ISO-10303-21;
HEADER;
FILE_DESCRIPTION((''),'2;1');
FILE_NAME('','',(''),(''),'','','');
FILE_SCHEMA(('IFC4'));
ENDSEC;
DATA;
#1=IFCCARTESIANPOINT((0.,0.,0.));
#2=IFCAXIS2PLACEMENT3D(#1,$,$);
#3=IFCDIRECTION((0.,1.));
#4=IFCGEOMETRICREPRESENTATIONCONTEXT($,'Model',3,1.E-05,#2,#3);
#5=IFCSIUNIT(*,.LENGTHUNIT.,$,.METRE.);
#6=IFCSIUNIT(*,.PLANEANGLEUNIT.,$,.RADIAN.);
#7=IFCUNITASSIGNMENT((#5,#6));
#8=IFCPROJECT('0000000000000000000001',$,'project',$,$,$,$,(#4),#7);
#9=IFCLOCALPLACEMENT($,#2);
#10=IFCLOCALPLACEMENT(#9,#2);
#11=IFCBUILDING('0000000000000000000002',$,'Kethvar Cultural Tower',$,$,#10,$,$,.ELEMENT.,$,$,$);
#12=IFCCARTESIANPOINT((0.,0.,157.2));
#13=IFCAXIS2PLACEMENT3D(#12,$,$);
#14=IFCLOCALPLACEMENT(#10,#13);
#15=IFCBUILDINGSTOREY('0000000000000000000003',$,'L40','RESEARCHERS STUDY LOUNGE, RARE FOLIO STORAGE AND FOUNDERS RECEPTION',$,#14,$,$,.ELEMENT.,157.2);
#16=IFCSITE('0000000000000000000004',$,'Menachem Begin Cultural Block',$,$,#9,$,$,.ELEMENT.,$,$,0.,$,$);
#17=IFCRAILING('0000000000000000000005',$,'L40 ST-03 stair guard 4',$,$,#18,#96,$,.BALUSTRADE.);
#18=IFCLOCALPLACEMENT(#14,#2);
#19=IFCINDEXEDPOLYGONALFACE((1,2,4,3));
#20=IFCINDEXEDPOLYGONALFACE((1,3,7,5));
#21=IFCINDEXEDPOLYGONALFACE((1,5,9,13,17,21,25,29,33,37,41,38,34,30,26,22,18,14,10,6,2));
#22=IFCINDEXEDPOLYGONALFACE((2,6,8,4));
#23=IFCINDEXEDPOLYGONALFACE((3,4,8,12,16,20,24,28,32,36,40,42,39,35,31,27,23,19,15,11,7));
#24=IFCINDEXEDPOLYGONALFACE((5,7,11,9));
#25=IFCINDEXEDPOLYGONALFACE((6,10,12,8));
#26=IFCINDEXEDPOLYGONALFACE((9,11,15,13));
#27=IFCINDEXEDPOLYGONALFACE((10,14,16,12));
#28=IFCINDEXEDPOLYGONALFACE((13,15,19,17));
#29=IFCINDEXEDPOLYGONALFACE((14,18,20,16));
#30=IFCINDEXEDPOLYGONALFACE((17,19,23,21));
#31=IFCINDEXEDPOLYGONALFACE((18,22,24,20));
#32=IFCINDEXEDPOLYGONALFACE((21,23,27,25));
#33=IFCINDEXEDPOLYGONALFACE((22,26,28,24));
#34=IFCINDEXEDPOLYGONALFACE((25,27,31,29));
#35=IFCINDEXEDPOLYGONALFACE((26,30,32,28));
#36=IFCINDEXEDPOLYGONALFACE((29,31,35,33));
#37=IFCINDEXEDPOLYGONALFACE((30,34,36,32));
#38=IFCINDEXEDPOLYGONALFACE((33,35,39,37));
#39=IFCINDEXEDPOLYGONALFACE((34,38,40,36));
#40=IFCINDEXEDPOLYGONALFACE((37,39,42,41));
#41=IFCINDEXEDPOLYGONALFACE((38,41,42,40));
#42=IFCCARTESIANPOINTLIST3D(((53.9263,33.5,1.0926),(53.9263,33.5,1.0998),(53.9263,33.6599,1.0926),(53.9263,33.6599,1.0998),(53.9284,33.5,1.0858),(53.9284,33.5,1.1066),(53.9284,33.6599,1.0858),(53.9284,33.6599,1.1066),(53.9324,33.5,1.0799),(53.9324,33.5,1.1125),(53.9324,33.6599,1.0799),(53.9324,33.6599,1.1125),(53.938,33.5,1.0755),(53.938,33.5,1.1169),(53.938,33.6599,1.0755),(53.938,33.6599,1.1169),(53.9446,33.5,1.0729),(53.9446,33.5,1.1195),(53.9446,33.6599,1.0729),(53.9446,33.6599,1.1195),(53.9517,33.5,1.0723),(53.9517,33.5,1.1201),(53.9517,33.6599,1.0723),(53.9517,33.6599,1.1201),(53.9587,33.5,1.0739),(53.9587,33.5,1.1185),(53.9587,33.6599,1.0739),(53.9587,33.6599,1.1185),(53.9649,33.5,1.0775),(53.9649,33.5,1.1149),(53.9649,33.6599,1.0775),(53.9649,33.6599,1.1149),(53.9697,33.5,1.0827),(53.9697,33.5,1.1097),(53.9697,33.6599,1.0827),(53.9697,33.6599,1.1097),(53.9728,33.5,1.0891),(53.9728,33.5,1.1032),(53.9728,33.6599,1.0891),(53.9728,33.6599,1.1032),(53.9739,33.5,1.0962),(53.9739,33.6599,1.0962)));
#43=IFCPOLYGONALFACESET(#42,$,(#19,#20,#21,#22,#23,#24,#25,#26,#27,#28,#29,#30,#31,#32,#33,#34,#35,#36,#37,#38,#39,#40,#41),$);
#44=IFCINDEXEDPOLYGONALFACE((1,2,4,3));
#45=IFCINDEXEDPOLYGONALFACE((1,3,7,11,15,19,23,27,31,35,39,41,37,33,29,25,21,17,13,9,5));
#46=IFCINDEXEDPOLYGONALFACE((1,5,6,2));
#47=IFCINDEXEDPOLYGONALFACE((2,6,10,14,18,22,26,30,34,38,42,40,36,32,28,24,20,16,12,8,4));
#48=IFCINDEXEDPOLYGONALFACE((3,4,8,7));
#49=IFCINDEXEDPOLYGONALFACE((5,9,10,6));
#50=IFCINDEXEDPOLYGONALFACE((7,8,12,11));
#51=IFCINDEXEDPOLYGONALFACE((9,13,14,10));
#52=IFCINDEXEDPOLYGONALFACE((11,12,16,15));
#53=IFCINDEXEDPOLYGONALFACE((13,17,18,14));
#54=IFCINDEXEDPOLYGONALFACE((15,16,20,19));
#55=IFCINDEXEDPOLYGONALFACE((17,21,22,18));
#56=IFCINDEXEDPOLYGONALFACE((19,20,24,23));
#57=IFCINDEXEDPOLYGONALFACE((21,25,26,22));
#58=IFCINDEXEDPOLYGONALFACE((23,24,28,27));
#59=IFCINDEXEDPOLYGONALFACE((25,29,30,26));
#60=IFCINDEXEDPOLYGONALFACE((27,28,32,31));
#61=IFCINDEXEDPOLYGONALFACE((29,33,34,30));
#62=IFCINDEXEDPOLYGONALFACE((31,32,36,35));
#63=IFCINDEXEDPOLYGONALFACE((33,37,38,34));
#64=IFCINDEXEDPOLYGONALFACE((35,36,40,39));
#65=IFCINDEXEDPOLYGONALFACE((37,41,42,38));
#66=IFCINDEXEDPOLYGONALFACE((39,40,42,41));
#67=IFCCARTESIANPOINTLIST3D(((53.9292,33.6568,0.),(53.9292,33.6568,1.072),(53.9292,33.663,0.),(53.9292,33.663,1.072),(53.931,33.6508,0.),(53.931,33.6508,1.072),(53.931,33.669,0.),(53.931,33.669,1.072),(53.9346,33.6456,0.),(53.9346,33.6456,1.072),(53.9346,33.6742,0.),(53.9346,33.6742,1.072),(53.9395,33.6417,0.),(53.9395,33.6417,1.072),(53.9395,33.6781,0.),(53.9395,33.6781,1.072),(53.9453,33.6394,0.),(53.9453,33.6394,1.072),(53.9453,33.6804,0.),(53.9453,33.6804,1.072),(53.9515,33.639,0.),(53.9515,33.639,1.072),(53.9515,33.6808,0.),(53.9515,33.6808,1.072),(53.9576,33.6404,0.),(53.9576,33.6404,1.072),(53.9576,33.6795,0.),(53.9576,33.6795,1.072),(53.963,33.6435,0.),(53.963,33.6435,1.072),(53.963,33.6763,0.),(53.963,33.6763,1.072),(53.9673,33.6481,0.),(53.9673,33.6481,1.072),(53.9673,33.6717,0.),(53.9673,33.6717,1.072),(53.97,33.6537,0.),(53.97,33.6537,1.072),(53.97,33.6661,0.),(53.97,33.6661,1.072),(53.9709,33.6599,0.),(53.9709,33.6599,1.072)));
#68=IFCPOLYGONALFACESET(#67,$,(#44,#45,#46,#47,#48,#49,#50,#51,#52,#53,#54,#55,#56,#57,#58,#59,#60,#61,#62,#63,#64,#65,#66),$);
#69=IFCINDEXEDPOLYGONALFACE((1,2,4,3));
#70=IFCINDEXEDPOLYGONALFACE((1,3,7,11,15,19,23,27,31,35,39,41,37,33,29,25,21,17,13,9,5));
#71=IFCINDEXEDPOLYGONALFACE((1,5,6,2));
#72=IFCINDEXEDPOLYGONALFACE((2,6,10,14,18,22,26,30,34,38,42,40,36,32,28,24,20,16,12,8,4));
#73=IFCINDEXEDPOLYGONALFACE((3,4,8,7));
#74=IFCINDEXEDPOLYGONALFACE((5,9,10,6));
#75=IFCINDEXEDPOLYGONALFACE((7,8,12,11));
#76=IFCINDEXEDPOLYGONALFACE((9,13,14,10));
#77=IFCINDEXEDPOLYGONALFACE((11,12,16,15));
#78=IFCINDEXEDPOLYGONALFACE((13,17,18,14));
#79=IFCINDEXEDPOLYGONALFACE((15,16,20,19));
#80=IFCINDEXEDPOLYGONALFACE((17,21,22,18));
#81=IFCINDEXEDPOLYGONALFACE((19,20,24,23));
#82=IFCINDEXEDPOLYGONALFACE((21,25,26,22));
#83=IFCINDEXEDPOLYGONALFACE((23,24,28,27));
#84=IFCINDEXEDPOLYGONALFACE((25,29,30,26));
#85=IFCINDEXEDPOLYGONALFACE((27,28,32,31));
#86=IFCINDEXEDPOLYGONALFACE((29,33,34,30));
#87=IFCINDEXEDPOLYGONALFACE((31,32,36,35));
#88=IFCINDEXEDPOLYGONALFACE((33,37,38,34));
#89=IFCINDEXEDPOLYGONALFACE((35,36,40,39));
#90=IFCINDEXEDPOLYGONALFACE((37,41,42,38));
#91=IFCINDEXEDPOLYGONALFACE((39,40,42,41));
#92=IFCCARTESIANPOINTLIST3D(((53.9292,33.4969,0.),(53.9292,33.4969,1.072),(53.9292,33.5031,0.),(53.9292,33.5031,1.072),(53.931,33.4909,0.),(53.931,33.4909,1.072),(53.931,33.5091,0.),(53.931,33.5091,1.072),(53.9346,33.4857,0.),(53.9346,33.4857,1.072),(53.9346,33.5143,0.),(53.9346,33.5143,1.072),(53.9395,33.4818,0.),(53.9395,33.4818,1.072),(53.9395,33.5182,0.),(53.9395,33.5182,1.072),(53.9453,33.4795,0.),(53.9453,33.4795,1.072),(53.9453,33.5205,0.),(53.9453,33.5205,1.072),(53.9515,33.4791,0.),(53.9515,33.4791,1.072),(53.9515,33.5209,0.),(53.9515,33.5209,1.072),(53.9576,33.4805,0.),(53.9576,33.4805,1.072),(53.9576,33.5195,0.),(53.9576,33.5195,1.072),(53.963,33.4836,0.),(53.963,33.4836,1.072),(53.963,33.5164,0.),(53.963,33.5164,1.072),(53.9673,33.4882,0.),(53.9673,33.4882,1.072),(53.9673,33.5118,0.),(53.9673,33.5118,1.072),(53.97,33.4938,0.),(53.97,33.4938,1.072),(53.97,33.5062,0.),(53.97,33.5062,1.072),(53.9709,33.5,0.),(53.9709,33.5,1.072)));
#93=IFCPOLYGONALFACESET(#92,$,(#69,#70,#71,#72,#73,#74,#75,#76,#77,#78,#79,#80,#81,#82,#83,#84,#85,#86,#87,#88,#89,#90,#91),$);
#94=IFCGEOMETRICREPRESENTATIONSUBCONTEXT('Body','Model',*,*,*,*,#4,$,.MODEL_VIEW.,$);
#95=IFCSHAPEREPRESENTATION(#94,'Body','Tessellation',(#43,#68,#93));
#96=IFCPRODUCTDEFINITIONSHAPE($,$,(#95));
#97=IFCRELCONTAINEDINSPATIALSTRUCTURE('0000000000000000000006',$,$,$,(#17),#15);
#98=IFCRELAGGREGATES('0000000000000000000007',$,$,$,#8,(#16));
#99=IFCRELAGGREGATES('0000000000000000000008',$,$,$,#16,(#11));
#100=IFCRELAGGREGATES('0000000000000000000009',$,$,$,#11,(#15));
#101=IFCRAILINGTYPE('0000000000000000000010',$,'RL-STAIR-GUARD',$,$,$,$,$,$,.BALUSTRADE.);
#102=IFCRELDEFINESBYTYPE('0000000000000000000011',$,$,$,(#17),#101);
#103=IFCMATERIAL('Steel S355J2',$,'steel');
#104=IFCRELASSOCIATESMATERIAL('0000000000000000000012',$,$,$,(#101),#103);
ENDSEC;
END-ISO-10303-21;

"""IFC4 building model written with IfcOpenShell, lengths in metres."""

from ifc_helpers import new_model, si_unit, direction, frame, origin, origin_2d, place, context, subcontext, project, spatial, circle, extrude, material, type_object, element, save


model = new_model("IFC4")

# Units and contexts
model_context = context("Model", 3, precision=1e-05, world=origin(), true_north=direction((0.0, 1.0)))
body_context = subcontext(model_context, "Body", "Model", "MODEL_VIEW")
ifc_project = project(units=[si_unit("LENGTHUNIT", "METRE"), si_unit("PLANEANGLEUNIT", "RADIAN")], contexts=[model_context])

# Site, building, storey
site_placement = place(None, origin())
site = spatial("IfcSite", under=ifc_project, at=site_placement, Name="Menachem Begin Cultural Block", CompositionType="ELEMENT", RefElevation=0.0)
building_placement = place(site_placement, origin())
building = spatial("IfcBuilding", under=site, at=building_placement, Name="Kethvar Cultural Tower", CompositionType="ELEMENT")
storey_placement = place(building_placement, frame((0.0, 0.0, 157.2)))
storey = spatial("IfcBuildingStorey", under=building, at=storey_placement, Name="L40", Description="RESEARCHERS STUDY LOUNGE, RARE FOLIO STORAGE AND FOUNDERS RECEPTION", CompositionType="ELEMENT", Elevation=157.2)

# Shared definitions
ifc_material_1 = material(Name="Steel S355J2", Category="steel")

# Railing
railing_type_1 = type_object("IfcRailingType", Name="RL-STAIR-GUARD", PredefinedType="BALUSTRADE", material=ifc_material_1)
railing_1_placement = place(storey_placement, frame((53.95, 33.6599, 0.0)))
element("IfcRailing", 1, at=railing_1_placement, inside=storey, type_object=railing_type_1, Name="L40 ST-03 stair guard 4", PredefinedType="BALUSTRADE", context=body_context, shape_type="SweptSolid", body=[
    extrude(circle(Radius=0.0239, at=origin_2d()), frame((0.0, 0.0, 1.0962), z_axis=(0.0, -1.0, 0.0), x_axis=(1.0, 0.0, 0.0)), (0.0, 0.0, 1.0), 0.1599),
    extrude(circle(Radius=0.021, at=origin_2d()), origin(), (0.0, 0.0, 1.0), 1.072),
    extrude(circle(Radius=0.021, at=origin_2d()), frame((0.0, -0.1599, 0.0)), (0.0, 0.0, 1.0), 1.072),
])

save(model, "model.ifc")
